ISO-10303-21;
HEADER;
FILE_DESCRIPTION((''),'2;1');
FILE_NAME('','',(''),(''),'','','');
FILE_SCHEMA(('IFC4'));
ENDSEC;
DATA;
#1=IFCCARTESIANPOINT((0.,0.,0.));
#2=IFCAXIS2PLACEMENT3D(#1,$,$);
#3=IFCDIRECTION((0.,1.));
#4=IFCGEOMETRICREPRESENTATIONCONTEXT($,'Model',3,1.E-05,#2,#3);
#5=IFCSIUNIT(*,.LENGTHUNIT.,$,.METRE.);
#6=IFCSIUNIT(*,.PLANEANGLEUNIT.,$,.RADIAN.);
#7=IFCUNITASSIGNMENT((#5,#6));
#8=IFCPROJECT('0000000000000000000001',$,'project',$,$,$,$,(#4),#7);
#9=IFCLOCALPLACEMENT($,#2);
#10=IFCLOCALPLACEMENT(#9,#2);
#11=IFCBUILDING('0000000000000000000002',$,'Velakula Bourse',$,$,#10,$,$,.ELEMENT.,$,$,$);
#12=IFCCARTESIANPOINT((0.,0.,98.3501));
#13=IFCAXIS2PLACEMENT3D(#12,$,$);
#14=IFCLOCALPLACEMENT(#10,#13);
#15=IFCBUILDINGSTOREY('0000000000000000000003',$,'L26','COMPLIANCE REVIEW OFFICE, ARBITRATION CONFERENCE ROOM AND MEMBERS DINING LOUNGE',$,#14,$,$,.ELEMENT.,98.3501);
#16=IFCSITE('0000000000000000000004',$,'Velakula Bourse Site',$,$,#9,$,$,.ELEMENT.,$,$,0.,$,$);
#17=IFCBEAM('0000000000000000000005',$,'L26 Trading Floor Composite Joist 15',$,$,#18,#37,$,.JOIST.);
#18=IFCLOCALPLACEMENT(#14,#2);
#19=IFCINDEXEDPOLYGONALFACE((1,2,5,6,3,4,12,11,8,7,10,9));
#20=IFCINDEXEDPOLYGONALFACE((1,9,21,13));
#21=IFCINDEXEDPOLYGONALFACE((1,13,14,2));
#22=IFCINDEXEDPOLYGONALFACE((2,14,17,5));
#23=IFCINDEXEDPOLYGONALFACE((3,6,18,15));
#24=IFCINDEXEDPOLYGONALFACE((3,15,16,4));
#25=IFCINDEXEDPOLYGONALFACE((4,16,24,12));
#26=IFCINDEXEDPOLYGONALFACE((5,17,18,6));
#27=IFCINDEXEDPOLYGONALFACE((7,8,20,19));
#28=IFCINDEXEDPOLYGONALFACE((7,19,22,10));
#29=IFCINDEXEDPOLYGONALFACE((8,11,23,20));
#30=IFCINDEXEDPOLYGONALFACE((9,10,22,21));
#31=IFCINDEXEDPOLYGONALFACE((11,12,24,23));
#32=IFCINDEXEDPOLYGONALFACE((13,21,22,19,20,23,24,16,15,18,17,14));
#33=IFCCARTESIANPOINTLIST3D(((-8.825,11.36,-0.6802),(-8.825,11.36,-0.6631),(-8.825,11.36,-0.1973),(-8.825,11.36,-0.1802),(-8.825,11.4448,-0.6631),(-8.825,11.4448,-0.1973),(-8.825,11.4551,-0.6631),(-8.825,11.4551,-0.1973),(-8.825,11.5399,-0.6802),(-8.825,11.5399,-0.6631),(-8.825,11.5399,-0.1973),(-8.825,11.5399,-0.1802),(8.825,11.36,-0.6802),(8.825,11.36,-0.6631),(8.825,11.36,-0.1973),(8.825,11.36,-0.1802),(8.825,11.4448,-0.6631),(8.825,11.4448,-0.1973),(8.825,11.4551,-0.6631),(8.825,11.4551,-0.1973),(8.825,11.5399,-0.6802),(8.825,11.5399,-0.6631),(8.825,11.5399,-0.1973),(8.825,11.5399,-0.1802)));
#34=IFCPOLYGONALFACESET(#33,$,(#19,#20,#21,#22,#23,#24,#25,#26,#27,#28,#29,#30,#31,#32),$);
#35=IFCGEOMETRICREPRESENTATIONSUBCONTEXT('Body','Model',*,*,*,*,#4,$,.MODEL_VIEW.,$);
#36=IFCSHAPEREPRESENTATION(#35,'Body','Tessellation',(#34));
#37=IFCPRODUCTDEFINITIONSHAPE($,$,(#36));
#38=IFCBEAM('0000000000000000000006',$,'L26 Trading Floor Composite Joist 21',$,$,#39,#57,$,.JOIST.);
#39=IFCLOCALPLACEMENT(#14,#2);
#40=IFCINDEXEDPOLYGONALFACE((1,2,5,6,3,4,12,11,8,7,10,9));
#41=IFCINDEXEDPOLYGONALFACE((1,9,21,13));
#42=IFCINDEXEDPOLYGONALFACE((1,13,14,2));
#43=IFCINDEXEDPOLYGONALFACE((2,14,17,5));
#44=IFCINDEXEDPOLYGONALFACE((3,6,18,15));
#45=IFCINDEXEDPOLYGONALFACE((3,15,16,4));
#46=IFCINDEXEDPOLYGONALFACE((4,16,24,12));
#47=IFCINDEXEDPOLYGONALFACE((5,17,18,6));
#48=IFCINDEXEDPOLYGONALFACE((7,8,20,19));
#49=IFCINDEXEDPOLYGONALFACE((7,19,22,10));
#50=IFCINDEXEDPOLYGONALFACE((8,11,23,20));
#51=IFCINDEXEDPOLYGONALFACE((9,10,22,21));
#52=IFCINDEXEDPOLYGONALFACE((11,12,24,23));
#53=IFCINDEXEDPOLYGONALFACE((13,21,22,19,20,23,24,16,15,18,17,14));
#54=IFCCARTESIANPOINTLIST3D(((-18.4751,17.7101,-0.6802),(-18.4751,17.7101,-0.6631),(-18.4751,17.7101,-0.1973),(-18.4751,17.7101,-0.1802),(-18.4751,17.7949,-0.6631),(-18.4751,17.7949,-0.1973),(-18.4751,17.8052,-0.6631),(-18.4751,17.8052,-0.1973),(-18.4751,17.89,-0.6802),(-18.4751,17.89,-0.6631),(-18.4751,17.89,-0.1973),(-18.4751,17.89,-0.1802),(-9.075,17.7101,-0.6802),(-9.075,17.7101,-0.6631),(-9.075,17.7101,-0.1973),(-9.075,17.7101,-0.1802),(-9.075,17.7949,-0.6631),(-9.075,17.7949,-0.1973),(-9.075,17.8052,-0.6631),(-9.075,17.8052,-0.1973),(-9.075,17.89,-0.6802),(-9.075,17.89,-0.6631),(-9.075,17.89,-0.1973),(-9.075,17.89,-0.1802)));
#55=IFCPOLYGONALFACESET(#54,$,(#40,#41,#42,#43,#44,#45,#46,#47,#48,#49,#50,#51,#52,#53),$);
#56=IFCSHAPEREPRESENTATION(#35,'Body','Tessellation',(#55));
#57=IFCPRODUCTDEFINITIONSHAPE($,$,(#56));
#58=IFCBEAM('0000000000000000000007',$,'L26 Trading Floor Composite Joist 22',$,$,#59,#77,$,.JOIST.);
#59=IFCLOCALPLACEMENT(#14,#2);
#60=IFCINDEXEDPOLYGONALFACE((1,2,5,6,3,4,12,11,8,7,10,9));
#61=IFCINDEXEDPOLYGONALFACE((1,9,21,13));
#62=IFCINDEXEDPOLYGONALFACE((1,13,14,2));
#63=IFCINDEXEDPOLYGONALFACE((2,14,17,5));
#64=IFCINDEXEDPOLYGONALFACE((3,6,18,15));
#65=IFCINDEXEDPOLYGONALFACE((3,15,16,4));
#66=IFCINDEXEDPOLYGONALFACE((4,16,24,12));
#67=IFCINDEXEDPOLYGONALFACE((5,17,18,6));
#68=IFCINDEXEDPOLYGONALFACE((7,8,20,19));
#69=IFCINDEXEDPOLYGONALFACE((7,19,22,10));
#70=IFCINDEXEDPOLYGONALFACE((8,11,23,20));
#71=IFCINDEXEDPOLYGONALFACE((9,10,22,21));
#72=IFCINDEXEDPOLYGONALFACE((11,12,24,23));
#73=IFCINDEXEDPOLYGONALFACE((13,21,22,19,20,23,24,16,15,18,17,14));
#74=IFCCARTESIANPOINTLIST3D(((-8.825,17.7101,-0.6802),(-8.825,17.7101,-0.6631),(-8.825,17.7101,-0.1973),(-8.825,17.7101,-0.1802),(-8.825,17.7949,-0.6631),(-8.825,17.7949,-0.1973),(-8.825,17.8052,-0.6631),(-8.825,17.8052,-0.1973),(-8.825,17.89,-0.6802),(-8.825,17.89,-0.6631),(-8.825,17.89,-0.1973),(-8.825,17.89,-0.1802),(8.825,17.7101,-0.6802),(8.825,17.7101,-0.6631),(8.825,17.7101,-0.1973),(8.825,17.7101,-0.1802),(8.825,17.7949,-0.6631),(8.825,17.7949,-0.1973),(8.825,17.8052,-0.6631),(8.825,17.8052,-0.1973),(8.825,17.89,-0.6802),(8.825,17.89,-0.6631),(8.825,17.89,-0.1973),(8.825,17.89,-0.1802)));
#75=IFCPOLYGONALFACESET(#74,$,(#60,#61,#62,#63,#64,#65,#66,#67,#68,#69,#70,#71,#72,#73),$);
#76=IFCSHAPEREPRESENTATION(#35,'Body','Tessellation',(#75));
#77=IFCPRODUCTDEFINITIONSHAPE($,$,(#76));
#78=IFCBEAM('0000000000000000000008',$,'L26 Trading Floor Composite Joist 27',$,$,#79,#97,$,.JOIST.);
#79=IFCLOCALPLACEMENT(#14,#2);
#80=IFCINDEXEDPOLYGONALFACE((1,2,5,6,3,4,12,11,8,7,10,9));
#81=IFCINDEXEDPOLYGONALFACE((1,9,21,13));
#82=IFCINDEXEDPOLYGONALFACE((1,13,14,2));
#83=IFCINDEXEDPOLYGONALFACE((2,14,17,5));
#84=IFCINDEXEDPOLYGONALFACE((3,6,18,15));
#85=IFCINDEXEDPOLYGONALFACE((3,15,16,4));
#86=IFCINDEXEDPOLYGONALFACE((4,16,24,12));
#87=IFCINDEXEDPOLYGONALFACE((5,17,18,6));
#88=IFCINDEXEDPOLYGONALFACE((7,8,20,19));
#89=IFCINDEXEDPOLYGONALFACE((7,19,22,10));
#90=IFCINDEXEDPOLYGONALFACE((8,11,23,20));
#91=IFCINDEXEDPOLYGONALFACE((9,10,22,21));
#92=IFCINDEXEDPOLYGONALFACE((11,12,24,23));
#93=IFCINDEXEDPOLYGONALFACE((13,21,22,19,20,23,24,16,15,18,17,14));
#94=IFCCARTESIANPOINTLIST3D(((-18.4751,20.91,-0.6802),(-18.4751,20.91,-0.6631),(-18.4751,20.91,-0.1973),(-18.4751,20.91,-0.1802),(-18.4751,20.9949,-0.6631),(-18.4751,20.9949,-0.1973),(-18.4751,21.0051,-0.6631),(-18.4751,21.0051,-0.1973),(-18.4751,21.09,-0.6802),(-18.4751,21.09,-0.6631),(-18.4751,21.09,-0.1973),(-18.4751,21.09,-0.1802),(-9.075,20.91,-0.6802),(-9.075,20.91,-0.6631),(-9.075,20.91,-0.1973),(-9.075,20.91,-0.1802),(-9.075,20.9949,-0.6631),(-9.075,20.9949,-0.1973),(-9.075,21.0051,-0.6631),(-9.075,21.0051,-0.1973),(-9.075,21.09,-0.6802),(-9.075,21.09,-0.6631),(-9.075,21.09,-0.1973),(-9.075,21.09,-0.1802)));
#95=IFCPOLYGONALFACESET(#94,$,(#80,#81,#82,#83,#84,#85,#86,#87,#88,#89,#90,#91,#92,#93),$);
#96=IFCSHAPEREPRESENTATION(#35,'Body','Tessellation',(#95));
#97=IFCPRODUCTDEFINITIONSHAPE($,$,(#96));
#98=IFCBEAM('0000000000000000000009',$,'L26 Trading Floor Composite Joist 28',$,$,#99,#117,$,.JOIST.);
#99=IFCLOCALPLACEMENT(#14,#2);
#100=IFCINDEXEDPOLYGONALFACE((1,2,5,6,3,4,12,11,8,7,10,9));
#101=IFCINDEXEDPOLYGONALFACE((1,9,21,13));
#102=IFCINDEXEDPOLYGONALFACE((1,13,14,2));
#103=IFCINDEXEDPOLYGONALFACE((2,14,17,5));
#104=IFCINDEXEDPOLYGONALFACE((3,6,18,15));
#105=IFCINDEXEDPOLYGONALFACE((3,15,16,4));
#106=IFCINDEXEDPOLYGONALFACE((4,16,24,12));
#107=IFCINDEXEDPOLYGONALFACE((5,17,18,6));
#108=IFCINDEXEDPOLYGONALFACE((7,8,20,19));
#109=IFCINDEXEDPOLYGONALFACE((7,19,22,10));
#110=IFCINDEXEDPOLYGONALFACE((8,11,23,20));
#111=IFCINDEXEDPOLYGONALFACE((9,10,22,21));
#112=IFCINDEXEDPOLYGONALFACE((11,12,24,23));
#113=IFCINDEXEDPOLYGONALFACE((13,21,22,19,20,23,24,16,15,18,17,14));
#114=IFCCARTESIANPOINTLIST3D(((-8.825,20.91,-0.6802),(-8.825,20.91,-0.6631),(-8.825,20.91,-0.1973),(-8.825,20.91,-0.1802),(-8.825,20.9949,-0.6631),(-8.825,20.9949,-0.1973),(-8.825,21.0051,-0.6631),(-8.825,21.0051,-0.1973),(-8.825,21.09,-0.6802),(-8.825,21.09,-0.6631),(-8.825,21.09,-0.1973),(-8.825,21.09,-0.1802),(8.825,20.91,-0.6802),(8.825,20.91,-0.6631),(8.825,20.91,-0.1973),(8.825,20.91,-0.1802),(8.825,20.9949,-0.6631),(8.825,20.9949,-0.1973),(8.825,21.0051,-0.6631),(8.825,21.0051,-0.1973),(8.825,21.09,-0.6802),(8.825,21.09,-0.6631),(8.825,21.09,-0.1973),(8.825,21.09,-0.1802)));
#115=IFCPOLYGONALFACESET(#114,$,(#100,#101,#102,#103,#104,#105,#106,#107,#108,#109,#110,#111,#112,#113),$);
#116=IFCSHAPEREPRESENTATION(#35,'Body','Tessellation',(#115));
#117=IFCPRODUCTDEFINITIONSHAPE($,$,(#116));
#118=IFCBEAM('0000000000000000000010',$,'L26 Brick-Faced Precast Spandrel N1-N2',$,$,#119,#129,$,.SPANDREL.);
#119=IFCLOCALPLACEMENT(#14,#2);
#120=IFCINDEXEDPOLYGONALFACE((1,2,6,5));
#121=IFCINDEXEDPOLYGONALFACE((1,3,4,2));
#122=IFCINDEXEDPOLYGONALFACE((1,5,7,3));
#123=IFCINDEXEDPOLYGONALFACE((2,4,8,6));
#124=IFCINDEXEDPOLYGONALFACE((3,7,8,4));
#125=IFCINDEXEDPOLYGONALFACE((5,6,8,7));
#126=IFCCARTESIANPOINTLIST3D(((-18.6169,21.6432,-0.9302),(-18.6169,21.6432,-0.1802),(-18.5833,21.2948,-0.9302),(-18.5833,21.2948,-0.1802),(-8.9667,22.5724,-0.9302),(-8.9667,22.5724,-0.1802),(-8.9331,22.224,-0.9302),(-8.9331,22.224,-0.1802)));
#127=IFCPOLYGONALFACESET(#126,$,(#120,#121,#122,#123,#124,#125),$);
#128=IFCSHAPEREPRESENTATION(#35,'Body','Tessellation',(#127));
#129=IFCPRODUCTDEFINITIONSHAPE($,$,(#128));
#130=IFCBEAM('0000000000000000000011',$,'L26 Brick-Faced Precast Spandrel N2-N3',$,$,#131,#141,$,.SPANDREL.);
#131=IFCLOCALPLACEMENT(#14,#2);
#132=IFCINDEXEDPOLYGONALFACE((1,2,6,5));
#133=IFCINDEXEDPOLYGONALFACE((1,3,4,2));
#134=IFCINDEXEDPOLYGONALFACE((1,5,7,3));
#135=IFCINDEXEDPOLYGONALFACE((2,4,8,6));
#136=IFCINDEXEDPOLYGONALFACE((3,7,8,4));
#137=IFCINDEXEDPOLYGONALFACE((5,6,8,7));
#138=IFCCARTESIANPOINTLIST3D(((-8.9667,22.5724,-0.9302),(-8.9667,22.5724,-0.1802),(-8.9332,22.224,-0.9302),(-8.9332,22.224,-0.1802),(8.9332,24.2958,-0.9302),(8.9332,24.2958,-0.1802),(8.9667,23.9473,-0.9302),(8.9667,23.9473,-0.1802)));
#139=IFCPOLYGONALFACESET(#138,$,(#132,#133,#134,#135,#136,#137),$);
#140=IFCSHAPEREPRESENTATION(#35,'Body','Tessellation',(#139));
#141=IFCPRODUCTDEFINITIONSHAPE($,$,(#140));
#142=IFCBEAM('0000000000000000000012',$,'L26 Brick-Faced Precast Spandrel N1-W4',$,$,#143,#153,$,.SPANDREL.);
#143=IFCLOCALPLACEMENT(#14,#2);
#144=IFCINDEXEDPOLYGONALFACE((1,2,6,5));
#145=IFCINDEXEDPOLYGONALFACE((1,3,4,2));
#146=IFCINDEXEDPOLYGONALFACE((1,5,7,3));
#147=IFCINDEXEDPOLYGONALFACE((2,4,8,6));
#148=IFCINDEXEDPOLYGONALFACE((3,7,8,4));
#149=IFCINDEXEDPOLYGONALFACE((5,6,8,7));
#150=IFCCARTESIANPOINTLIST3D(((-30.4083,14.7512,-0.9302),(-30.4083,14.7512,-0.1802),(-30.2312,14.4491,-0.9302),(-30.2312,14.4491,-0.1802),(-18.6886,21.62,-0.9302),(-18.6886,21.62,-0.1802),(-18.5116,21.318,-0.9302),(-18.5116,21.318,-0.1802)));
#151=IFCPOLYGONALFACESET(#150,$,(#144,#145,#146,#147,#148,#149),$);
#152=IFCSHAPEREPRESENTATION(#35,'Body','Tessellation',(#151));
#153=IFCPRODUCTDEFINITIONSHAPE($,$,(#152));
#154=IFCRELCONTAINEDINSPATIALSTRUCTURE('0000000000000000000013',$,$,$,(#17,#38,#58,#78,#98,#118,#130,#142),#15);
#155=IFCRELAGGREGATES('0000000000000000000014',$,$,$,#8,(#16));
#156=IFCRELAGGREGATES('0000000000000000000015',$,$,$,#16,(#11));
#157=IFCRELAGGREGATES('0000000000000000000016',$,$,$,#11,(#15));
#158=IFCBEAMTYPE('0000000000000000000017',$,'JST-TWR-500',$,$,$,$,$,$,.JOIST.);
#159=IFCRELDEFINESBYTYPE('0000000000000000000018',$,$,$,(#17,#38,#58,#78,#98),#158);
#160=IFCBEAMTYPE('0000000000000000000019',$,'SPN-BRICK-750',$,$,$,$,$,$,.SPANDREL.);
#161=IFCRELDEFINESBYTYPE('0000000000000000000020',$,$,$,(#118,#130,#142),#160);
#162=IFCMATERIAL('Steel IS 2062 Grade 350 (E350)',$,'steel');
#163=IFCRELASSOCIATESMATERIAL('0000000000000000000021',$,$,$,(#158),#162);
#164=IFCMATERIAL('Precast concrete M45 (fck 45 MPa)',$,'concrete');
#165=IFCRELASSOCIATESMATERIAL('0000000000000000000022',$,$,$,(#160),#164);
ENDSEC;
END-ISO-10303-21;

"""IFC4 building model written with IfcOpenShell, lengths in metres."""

from ifc_helpers import new_model, si_unit, direction, frame, origin, origin_2d, place, context, subcontext, project, spatial, rectangle, i_section, extrude, material, material_profile, profile_set, type_object, element, save


model = new_model("IFC4")

# Units and contexts
model_context = context("Model", 3, precision=1e-05, world=origin(), true_north=direction((0.0, 1.0)))
body_context = subcontext(model_context, "Body", "Model", "MODEL_VIEW")
ifc_project = project(units=[si_unit("LENGTHUNIT", "METRE"), si_unit("PLANEANGLEUNIT", "RADIAN")], contexts=[model_context])

# Site, building, storey
site_placement = place(None, origin())
site = spatial("IfcSite", under=ifc_project, at=site_placement, Name="Velakula Bourse Site", CompositionType="ELEMENT", RefElevation=0.0)
building_placement = place(site_placement, origin())
building = spatial("IfcBuilding", under=site, at=building_placement, Name="Velakula Bourse", CompositionType="ELEMENT")
storey_placement = place(building_placement, frame((0.0, 0.0, 98.3501)))
storey = spatial("IfcBuildingStorey", under=building, at=storey_placement, Name="L26", Description="COMPLIANCE REVIEW OFFICE, ARBITRATION CONFERENCE ROOM AND MEMBERS DINING LOUNGE", CompositionType="ELEMENT", Elevation=98.3501)

# Beams
ifc_material_1 = material(Name="Steel IS 2062 Grade 350 (E350)", Category="steel")
ifc_material_profile_1 = material_profile(ifc_material_1, i_section(OverallWidth=0.1799, OverallDepth=0.5, WebThickness=0.0103, FlangeThickness=0.0171, at=origin_2d()), Name="Steel IS 2062 Grade 350 (E350)")
ifc_profile_set_1 = profile_set([ifc_material_profile_1], Name="Steel IS 2062 Grade 350 (E350)")
beam_type_1 = type_object("IfcBeamType", Name="JST-TWR-500", PredefinedType="JOIST", material=ifc_profile_set_1)
beam_1_placement = place(storey_placement, frame((-8.825, 11.45, -0.4302), z_axis=(1.0, 0.0, 0.0), x_axis=(0.0, 1.0, 0.0)))
element("IfcBeam", 1, at=beam_1_placement, inside=storey, type_object=beam_type_1, Name="L26 Trading Floor Composite Joist 15", PredefinedType="JOIST", context=body_context, shape_type="SweptSolid", body=[
    extrude(i_section(OverallWidth=0.1799, OverallDepth=0.5, WebThickness=0.0103, FlangeThickness=0.0171, at=origin_2d()), origin(), (0.0, 0.0, 1.0), 17.6499),
])
beam_2_placement = place(storey_placement, frame((-18.4751, 17.8, -0.4302), z_axis=(1.0, 0.0, 0.0), x_axis=(0.0, 1.0, 0.0)))
element("IfcBeam", 2, at=beam_2_placement, inside=storey, type_object=beam_type_1, Name="L26 Trading Floor Composite Joist 21", PredefinedType="JOIST", context=body_context, shape_type="SweptSolid", body=[
    extrude(i_section(OverallWidth=0.1799, OverallDepth=0.5, WebThickness=0.0103, FlangeThickness=0.0171, at=origin_2d()), origin(), (0.0, 0.0, 1.0), 9.4001),
])
beam_3_placement = place(storey_placement, frame((-8.825, 17.8, -0.4302), z_axis=(1.0, 0.0, 0.0), x_axis=(0.0, 1.0, 0.0)))
element("IfcBeam", 3, at=beam_3_placement, inside=storey, type_object=beam_type_1, Name="L26 Trading Floor Composite Joist 22", PredefinedType="JOIST", context=body_context, shape_type="SweptSolid", body=[
    extrude(i_section(OverallWidth=0.1799, OverallDepth=0.5, WebThickness=0.0103, FlangeThickness=0.0171, at=origin_2d()), origin(), (0.0, 0.0, 1.0), 17.6499),
])
beam_4_placement = place(storey_placement, frame((-18.4751, 21.0, -0.4302), z_axis=(1.0, 0.0, 0.0), x_axis=(0.0, 1.0, 0.0)))
element("IfcBeam", 4, at=beam_4_placement, inside=storey, type_object=beam_type_1, Name="L26 Trading Floor Composite Joist 27", PredefinedType="JOIST", context=body_context, shape_type="SweptSolid", body=[
    extrude(i_section(OverallWidth=0.1799, OverallDepth=0.5, WebThickness=0.0103, FlangeThickness=0.0171, at=origin_2d()), origin(), (0.0, 0.0, 1.0), 9.4001),
])
beam_5_placement = place(storey_placement, frame((-8.825, 21.0, -0.4302), z_axis=(1.0, 0.0, 0.0), x_axis=(0.0, 1.0, 0.0)))
element("IfcBeam", 5, at=beam_5_placement, inside=storey, type_object=beam_type_1, Name="L26 Trading Floor Composite Joist 28", PredefinedType="JOIST", context=body_context, shape_type="SweptSolid", body=[
    extrude(i_section(OverallWidth=0.1799, OverallDepth=0.5, WebThickness=0.0103, FlangeThickness=0.0171, at=origin_2d()), origin(), (0.0, 0.0, 1.0), 17.6499),
])
ifc_material_2 = material(Name="Precast concrete M45 (fck 45 MPa)", Category="concrete")
ifc_material_profile_2 = material_profile(ifc_material_2, rectangle(XDim=0.3501, YDim=0.75, at=origin_2d()), Name="Precast concrete M45 (fck 45 MPa)")
ifc_profile_set_2 = profile_set([ifc_material_profile_2], Name="Precast concrete M45 (fck 45 MPa)")
beam_type_2 = type_object("IfcBeamType", Name="SPN-BRICK-750", PredefinedType="SPANDREL", material=ifc_profile_set_2)
beam_6_placement = place(storey_placement, frame((-18.6001, 21.469, -0.5552), z_axis=(0.995396, 0.095845, 0.0), x_axis=(-0.095845, 0.995396, 0.0)))
element("IfcBeam", 6, at=beam_6_placement, inside=storey, type_object=beam_type_2, Name="L26 Brick-Faced Precast Spandrel N1-N2", PredefinedType="SPANDREL", context=body_context, shape_type="SweptSolid", body=[
    extrude(rectangle(XDim=0.3501, YDim=0.75, at=origin_2d()), origin(), (0.0, 0.0, 1.0), 9.6948),
])
beam_7_placement = place(storey_placement, frame((-8.95, 22.3982, -0.5552), z_axis=(0.995397, 0.095836, 0.0), x_axis=(-0.095836, 0.995397, 0.0)))
element("IfcBeam", 7, at=beam_7_placement, inside=storey, type_object=beam_type_2, Name="L26 Brick-Faced Precast Spandrel N2-N3", PredefinedType="SPANDREL", context=body_context, shape_type="SweptSolid", body=[
    extrude(rectangle(XDim=0.3501, YDim=0.75, at=origin_2d()), origin(), (0.0, 0.0, 1.0), 17.9827),
])
beam_8_placement = place(storey_placement, frame((-18.6001, 21.469, -0.5552), z_axis=(-0.862739, -0.505649, 0.0), x_axis=(0.505649, -0.862739, 0.0)))
element("IfcBeam", 8, at=beam_8_placement, inside=storey, type_object=beam_type_2, Name="L26 Brick-Faced Precast Spandrel N1-W4", PredefinedType="SPANDREL", context=body_context, shape_type="SweptSolid", body=[
    extrude(rectangle(XDim=0.3501, YDim=0.75, at=origin_2d()), origin(), (0.0, 0.0, 1.0), 13.5842),
])

save(model, "model.ifc")
